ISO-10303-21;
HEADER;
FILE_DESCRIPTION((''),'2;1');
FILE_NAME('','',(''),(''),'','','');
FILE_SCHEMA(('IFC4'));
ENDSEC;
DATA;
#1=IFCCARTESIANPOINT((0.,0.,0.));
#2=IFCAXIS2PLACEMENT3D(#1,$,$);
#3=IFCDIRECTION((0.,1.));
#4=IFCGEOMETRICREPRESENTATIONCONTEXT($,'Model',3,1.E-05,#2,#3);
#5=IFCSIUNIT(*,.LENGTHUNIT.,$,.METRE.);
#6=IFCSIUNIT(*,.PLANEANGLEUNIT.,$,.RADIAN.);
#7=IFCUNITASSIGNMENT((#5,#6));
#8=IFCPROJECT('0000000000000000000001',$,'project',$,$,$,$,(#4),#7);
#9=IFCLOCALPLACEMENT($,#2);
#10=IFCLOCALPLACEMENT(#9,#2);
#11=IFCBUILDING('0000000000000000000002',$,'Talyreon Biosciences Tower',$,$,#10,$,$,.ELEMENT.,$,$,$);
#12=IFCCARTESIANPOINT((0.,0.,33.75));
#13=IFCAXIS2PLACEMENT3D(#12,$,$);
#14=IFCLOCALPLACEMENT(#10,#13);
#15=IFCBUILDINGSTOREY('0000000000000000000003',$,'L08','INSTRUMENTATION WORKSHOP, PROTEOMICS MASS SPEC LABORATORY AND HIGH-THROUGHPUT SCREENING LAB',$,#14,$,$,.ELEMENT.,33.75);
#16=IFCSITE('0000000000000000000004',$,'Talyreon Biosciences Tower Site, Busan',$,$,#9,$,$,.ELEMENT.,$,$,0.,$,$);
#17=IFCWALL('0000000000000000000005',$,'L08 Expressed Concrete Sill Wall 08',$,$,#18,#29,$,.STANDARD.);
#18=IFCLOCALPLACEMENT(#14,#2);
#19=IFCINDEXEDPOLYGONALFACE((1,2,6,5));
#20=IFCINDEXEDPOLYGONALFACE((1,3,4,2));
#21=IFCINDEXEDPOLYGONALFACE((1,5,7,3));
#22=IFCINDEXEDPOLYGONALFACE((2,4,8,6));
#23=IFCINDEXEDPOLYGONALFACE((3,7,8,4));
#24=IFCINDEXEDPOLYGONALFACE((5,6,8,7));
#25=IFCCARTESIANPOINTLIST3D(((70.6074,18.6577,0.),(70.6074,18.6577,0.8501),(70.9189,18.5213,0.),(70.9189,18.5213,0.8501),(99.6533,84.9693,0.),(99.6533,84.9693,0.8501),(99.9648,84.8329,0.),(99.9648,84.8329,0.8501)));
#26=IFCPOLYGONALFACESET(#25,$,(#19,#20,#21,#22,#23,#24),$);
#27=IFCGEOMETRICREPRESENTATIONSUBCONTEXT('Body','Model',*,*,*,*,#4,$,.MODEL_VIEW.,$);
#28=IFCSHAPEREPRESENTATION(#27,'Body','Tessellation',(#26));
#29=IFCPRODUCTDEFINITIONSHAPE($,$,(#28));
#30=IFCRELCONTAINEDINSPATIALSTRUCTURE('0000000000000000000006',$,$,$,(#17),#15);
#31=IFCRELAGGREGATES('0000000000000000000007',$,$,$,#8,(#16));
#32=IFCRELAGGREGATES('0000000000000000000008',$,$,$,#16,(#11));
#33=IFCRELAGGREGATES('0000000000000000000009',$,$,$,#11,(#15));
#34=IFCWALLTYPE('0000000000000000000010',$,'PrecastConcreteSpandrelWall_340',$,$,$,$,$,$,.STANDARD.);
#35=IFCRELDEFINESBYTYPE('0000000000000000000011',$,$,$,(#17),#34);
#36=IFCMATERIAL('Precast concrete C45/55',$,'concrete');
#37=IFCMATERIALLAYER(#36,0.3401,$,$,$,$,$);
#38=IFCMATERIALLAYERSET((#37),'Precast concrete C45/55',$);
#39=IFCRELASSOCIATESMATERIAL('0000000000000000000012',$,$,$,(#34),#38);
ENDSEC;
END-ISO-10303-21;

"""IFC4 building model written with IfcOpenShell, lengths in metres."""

from ifc_helpers import new_model, si_unit, direction, frame, frame_2d, origin, place, context, subcontext, project, spatial, rectangle, extrude, material, layer, layer_set, type_object, element, save


model = new_model("IFC4")

# Units and contexts
model_context = context("Model", 3, precision=1e-05, world=origin(), true_north=direction((0.0, 1.0)))
body_context = subcontext(model_context, "Body", "Model", "MODEL_VIEW")
ifc_project = project(units=[si_unit("LENGTHUNIT", "METRE"), si_unit("PLANEANGLEUNIT", "RADIAN")], contexts=[model_context])

# Site, building, storey
site_placement = place(None, origin())
site = spatial("IfcSite", under=ifc_project, at=site_placement, Name="Talyreon Biosciences Tower Site, Busan", CompositionType="ELEMENT", RefElevation=0.0)
building_placement = place(site_placement, origin())
building = spatial("IfcBuilding", under=site, at=building_placement, Name="Talyreon Biosciences Tower", CompositionType="ELEMENT")
storey_placement = place(building_placement, frame((0.0, 0.0, 33.75)))
storey = spatial("IfcBuildingStorey", under=building, at=storey_placement, Name="L08", Description="INSTRUMENTATION WORKSHOP, PROTEOMICS MASS SPEC LABORATORY AND HIGH-THROUGHPUT SCREENING LAB", CompositionType="ELEMENT", Elevation=33.75)

# Shared definitions
ifc_material_1 = material(Name="Precast concrete C45/55", Category="concrete")

# Wall
ifc_layer_1 = layer(ifc_material_1, 0.3401)
ifc_layer_set_1 = layer_set([ifc_layer_1], Name="Precast concrete C45/55")
wall_type = type_object("IfcWallType", Name="PrecastConcreteSpandrelWall_340", PredefinedType="STANDARD", material=ifc_layer_set_1)
wall_1_placement = place(storey_placement, frame((99.8091, 84.9011, 0.0), z_axis=(0.0, 0.0, 1.0), x_axis=(-0.40122, -0.915982, 0.0)))
element("IfcWall", 1, at=wall_1_placement, inside=storey, type_object=wall_type, Name="L08 Expressed Concrete Sill Wall 08", PredefinedType="STANDARD", context=body_context, shape_type="SweptSolid", body=[
    extrude(rectangle(XDim=72.394, YDim=0.3401, at=frame_2d((36.197, 0.0))), origin(), (0.0, 0.0, 1.0), 0.8501),
])

save(model, "model.ifc")
